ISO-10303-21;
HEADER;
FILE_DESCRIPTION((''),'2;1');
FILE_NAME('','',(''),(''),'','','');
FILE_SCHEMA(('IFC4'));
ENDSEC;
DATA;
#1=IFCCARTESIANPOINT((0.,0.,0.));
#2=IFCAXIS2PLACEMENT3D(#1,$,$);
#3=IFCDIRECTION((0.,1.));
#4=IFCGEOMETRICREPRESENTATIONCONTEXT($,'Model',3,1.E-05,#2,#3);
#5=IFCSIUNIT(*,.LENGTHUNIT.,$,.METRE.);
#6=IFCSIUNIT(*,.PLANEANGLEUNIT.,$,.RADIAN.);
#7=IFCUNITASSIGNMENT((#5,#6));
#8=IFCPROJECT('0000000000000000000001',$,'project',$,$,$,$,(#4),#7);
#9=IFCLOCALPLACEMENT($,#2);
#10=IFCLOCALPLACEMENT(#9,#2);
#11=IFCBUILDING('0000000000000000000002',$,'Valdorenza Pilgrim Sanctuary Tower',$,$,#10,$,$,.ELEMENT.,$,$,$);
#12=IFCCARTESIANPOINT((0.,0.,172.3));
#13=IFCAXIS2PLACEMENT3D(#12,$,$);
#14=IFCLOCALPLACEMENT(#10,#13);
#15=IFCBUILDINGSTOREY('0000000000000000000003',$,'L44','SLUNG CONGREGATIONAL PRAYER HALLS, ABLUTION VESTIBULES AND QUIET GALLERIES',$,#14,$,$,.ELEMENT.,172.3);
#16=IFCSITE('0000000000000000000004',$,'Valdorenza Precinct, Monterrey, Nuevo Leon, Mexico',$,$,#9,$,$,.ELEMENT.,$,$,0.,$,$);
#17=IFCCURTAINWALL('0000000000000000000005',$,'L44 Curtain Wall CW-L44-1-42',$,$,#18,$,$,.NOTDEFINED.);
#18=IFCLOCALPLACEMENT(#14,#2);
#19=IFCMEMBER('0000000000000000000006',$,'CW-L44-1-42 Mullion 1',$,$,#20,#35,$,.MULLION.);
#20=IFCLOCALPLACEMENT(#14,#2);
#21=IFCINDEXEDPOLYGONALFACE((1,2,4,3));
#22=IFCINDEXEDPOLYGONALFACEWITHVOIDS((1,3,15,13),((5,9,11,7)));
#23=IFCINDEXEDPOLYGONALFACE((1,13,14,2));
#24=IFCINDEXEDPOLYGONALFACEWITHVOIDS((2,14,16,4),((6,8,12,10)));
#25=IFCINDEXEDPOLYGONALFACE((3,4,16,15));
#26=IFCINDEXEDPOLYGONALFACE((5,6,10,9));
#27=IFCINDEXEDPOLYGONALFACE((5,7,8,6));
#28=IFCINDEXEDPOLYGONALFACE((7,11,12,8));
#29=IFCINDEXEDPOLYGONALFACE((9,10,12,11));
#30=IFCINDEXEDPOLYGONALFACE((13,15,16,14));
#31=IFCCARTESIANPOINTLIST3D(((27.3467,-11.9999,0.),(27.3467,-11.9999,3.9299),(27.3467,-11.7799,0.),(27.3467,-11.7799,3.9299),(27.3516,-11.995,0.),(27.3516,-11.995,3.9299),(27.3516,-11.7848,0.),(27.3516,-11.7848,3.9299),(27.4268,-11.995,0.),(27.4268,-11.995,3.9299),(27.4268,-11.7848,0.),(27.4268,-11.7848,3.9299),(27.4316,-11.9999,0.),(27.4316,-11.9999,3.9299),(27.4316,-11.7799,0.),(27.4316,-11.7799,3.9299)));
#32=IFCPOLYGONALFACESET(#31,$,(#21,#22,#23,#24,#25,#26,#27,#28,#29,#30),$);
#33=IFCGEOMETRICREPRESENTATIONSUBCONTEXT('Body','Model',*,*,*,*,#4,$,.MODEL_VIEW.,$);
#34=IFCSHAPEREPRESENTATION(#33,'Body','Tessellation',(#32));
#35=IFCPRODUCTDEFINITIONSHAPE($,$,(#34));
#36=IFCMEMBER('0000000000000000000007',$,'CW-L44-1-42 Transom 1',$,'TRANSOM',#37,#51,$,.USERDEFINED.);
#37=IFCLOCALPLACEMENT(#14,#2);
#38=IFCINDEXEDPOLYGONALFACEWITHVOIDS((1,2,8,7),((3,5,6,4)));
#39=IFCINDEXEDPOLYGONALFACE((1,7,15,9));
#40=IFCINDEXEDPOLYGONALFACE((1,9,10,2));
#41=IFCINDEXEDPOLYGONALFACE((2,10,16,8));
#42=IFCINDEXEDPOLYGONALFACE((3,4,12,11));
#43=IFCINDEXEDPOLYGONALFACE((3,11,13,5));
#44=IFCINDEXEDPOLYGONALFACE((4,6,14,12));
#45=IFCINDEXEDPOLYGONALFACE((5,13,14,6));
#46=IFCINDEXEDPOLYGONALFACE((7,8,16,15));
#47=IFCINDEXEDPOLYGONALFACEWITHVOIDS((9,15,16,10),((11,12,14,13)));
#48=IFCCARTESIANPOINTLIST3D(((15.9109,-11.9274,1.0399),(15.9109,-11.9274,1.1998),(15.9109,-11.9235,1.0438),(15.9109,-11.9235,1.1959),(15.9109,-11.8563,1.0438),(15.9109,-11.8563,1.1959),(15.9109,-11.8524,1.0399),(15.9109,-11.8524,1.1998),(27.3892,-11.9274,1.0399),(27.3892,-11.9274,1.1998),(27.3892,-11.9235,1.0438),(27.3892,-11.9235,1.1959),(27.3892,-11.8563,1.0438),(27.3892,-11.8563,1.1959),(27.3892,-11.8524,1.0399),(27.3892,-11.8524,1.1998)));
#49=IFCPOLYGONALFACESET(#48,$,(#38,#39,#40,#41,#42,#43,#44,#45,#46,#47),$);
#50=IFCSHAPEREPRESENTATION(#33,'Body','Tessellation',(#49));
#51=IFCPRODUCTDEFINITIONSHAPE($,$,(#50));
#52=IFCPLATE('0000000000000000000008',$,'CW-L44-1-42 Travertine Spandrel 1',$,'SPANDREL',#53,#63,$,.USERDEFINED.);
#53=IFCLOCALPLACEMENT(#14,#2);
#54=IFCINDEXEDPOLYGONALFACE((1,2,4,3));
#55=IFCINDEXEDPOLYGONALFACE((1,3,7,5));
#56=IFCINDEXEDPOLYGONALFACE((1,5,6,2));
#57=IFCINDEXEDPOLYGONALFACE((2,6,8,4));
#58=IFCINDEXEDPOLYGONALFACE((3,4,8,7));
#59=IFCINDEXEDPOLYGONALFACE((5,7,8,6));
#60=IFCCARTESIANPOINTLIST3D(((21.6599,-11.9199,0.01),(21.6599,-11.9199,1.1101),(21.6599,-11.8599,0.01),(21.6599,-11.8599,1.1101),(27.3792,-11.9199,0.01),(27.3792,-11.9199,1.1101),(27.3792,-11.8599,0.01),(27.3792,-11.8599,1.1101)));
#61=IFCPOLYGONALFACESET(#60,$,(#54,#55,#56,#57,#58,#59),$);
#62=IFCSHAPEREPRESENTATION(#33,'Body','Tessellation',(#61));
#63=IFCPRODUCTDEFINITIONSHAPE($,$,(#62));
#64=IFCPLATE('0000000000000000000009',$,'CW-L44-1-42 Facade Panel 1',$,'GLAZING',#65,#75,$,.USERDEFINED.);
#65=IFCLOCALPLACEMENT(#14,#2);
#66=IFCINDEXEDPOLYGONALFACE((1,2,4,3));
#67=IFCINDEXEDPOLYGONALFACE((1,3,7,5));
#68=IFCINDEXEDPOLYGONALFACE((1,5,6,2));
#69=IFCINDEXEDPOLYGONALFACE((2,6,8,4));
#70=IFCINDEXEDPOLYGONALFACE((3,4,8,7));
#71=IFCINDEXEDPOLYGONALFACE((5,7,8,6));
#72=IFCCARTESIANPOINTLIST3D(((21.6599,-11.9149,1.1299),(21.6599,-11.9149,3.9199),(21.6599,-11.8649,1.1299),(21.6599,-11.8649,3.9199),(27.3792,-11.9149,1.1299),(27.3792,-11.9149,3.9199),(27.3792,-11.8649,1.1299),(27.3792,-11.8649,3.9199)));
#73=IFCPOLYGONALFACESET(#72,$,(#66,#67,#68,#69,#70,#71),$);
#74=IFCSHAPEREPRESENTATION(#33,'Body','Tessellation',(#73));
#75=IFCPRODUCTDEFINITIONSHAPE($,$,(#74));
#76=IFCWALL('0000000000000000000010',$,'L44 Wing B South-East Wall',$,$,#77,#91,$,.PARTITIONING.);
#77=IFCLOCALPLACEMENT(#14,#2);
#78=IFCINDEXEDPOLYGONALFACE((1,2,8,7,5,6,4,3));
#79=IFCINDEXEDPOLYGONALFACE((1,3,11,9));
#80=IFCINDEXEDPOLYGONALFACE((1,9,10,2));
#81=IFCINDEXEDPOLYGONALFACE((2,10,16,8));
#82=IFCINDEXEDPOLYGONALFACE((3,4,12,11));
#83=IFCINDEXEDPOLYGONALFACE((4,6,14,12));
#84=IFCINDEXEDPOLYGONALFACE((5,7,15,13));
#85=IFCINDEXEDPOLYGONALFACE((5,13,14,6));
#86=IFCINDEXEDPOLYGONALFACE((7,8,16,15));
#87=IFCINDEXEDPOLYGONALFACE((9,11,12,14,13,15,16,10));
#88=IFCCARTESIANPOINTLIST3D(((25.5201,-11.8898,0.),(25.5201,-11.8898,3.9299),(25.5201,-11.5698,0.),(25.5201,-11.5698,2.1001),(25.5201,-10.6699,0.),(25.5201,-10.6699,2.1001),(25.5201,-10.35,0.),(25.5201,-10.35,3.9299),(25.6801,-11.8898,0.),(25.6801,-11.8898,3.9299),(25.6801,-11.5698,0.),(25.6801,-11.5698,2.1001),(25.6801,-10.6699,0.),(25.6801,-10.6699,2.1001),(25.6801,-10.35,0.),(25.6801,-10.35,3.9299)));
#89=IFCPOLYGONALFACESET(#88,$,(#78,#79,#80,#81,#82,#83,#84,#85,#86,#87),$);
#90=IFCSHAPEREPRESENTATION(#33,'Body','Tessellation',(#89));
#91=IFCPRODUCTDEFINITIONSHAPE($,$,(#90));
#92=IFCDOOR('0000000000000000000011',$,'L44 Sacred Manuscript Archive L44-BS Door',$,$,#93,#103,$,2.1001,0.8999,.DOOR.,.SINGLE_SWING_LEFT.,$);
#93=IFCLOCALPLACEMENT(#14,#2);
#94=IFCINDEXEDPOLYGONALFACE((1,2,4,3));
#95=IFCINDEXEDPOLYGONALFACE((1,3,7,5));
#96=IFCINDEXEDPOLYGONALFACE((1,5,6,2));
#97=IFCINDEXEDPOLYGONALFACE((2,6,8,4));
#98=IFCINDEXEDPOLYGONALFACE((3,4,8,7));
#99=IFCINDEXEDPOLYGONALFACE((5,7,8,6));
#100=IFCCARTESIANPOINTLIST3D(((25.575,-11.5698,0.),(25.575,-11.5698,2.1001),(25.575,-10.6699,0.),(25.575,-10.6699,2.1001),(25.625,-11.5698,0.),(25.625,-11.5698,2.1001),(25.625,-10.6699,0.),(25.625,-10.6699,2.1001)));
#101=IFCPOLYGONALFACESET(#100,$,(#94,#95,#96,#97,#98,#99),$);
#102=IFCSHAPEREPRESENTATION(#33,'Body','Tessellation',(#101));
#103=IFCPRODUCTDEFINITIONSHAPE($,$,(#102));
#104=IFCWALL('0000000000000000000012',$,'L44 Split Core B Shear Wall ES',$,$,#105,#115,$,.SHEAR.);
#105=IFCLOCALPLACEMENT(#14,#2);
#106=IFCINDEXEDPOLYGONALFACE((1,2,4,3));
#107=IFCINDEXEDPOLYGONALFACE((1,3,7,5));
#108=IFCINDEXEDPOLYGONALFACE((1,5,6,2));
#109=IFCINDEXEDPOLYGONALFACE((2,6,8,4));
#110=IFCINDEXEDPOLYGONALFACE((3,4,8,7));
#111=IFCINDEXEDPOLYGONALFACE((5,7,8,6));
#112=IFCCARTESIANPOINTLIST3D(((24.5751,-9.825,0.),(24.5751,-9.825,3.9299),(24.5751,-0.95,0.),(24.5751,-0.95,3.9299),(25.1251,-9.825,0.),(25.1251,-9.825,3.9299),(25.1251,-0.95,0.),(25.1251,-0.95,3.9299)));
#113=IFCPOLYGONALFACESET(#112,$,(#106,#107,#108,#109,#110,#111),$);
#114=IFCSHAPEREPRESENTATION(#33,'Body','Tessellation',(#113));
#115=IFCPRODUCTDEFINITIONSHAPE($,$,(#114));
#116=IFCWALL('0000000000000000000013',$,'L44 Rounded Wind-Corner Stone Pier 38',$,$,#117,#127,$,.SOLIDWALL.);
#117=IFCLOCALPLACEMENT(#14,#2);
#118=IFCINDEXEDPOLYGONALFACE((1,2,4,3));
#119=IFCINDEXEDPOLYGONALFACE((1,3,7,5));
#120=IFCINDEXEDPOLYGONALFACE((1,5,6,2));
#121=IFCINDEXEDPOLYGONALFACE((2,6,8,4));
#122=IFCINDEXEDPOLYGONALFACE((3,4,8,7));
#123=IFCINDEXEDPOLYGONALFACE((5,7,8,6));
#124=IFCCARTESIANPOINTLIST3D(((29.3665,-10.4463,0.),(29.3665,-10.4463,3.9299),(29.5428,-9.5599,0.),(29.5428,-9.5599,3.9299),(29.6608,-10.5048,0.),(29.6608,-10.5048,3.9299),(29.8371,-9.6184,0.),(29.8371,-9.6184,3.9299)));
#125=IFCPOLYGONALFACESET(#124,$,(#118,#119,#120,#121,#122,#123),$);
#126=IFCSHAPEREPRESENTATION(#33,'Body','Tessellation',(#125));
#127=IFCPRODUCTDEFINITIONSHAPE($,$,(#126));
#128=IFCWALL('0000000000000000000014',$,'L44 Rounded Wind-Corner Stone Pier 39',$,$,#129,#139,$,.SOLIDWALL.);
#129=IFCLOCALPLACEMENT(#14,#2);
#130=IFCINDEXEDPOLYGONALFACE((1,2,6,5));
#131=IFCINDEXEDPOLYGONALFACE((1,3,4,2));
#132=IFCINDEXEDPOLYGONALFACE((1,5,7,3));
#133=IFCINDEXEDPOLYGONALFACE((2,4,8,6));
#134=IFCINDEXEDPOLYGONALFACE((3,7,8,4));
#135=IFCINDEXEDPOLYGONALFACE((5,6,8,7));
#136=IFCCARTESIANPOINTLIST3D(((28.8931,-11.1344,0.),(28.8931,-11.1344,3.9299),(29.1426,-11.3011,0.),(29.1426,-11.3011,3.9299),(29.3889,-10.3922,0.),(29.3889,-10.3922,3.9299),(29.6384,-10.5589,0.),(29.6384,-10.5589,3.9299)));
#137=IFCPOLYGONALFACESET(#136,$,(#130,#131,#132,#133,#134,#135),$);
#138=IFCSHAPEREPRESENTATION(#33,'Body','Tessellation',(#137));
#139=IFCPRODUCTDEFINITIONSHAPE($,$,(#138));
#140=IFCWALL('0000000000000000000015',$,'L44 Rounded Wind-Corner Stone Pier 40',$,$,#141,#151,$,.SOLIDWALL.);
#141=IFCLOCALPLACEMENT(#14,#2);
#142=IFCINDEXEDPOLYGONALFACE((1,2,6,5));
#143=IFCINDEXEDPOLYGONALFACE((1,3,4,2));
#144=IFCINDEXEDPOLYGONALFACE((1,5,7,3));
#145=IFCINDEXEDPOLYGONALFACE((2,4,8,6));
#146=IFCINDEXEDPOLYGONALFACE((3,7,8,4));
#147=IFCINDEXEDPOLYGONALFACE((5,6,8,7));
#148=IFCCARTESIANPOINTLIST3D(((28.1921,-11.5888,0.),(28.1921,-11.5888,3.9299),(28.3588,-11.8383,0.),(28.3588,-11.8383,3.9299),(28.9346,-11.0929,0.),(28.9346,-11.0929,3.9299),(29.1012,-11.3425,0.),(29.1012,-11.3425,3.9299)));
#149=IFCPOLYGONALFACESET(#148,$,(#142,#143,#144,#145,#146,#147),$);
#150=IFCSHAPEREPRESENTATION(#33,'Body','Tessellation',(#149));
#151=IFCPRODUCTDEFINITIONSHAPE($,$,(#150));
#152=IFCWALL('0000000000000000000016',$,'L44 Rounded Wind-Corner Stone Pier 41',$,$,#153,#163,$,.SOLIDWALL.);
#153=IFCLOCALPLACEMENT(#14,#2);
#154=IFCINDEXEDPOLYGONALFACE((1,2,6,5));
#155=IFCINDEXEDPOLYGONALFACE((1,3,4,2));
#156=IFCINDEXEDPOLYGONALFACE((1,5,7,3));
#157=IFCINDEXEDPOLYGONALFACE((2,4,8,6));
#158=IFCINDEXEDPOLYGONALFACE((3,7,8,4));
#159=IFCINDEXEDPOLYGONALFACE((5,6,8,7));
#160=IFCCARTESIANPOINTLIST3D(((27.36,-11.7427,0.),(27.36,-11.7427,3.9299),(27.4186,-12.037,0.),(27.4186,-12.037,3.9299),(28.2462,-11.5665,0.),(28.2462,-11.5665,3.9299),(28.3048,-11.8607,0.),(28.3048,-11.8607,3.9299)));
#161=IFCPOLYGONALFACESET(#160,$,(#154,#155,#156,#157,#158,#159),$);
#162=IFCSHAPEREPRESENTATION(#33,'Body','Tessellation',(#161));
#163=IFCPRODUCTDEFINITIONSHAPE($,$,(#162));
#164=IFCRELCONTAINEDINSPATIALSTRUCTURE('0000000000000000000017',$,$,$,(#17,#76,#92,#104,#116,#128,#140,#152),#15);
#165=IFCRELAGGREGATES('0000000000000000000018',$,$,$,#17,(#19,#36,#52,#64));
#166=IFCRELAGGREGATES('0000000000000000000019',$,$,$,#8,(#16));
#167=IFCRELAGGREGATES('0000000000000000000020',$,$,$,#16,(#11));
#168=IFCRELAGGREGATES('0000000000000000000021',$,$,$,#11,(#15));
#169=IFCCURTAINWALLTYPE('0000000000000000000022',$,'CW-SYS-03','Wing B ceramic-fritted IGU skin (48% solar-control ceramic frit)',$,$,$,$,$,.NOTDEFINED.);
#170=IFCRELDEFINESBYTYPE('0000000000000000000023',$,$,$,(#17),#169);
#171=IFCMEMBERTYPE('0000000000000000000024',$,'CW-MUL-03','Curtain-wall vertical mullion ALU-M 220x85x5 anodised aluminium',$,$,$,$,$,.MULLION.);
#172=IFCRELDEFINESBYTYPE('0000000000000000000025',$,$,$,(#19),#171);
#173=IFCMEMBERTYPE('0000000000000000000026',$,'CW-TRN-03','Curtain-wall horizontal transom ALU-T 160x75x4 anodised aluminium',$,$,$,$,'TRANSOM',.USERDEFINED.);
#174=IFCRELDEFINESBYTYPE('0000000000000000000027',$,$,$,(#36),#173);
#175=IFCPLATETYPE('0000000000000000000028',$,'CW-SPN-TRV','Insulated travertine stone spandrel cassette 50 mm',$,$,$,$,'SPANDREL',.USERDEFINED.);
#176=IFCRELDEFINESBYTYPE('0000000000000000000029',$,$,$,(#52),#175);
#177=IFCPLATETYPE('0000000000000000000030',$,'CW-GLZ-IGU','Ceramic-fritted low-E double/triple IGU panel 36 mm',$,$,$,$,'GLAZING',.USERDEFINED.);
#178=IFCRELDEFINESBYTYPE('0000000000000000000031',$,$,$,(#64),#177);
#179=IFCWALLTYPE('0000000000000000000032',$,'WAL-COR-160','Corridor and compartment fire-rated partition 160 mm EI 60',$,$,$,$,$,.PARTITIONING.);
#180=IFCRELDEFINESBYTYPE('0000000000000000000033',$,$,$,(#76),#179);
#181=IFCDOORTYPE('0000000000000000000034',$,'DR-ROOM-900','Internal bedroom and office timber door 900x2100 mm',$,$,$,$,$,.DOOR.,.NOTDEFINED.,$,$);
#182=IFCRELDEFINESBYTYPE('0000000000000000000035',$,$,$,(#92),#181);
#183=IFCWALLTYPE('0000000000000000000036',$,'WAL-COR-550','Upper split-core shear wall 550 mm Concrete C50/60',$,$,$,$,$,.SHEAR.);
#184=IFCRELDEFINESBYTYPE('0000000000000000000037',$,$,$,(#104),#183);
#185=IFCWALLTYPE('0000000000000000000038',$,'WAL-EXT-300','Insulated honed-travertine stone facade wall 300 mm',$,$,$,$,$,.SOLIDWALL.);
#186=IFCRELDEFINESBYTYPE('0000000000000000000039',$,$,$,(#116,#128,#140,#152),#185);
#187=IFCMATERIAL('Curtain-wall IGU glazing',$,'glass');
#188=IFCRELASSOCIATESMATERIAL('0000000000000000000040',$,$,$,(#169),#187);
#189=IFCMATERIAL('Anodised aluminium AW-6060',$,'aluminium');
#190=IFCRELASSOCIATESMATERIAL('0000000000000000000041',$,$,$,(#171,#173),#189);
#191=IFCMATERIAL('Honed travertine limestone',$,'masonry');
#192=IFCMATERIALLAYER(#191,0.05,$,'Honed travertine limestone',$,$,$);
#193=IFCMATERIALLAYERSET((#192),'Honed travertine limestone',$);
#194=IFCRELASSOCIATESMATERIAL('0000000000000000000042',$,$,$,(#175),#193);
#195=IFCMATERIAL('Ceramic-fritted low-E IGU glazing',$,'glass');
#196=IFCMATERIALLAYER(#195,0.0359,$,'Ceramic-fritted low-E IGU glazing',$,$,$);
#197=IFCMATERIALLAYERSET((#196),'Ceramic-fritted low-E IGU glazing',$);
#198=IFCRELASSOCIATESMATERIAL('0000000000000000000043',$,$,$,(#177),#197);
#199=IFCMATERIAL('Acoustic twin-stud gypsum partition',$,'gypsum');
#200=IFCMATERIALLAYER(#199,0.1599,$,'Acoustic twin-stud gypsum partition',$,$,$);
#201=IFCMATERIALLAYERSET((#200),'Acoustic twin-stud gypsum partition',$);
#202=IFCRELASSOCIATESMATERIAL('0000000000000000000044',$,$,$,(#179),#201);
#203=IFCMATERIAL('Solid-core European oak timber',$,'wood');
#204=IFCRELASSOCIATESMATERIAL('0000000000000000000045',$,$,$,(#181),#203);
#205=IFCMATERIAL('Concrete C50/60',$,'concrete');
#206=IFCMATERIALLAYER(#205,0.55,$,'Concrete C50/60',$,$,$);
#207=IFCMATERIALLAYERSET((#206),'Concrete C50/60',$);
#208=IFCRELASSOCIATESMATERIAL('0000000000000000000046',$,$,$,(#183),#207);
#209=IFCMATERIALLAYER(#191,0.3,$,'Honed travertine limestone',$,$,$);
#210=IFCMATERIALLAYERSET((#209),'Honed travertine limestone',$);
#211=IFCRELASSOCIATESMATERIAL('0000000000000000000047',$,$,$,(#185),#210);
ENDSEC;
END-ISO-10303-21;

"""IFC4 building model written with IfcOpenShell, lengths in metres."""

from ifc_helpers import new_model, si_unit, direction, frame, frame_2d, origin, origin_2d, place, context, subcontext, project, spatial, rectangle, hollow_rectangle, extrude, source, transform, mapped, material, layer, layer_set, material_profile, profile_set, type_object, element, fill, aggregate, save


model = new_model("IFC4")

# Units and contexts
model_context = context("Model", 3, precision=1e-05, world=origin(), true_north=direction((0.0, 1.0)))
body_context = subcontext(model_context, "Body", "Model", "MODEL_VIEW")
ifc_project = project(units=[si_unit("LENGTHUNIT", "METRE"), si_unit("PLANEANGLEUNIT", "RADIAN")], contexts=[model_context])

# Site, building, storey
site_placement = place(None, origin())
site = spatial("IfcSite", under=ifc_project, at=site_placement, Name="Valdorenza Precinct, Monterrey, Nuevo Leon, Mexico", CompositionType="ELEMENT", RefElevation=0.0)
building_placement = place(site_placement, origin())
building = spatial("IfcBuilding", under=site, at=building_placement, Name="Valdorenza Pilgrim Sanctuary Tower", CompositionType="ELEMENT")
storey_placement = place(building_placement, frame((0.0, 0.0, 172.3)))
storey = spatial("IfcBuildingStorey", under=building, at=storey_placement, Name="L44", Description="SLUNG CONGREGATIONAL PRAYER HALLS, ABLUTION VESTIBULES AND QUIET GALLERIES", CompositionType="ELEMENT", Elevation=172.3)

# Shared definitions
ifc_material_1 = material(Name="Concrete C50/60", Category="concrete")

# Shared definitions
ifc_material_2 = material(Name="Curtain-wall IGU glazing", Category="glass")
curtain_wall_type = type_object("IfcCurtainWallType", Name="CW-SYS-03", Description="Wing B ceramic-fritted IGU skin (48% solar-control ceramic frit)", PredefinedType="NOTDEFINED", material=ifc_material_2)
ifc_material_3 = material(Name="Anodised aluminium AW-6060", Category="aluminium")
ifc_material_profile_1 = material_profile(ifc_material_3, hollow_rectangle(XDim=0.085, YDim=0.22, WallThickness=0.0049, at=origin_2d()), Name="ALU-M 220x85x5")
ifc_profile_set_1 = profile_set([ifc_material_profile_1], Name="Anodised aluminium AW-6060")
member_type_1 = type_object("IfcMemberType", Name="CW-MUL-03", Description="Curtain-wall vertical mullion ALU-M 220x85x5 anodised aluminium", PredefinedType="MULLION", material=ifc_profile_set_1)
shared_shape_1 = source(origin(), body_context, "Body", "SweptSolid", [
    extrude(hollow_rectangle(XDim=0.085, YDim=0.22, WallThickness=0.0049, at=origin_2d()), origin(), (0.0, 0.0, 1.0), 3.9299),
])

# Curtain wall, members, plates
curtain_wall_1_placement = place(storey_placement, origin())
curtain_wall_1 = element("IfcCurtainWall", 1, at=curtain_wall_1_placement, inside=storey, type_object=curtain_wall_type, Name="L44 Curtain Wall CW-L44-1-42", PredefinedType="NOTDEFINED")
member_1_placement = place(storey_placement, frame((27.3892, -11.8899, 0.0), z_axis=(0.0, 0.0, 1.0), x_axis=(-1.0, 0.0, 0.0)))
member_1 = element("IfcMember", 2, at=member_1_placement, type_object=member_type_1, Name="CW-L44-1-42 Mullion 1", PredefinedType="MULLION", context=body_context, shape_type="MappedRepresentation", body=[
    mapped(shared_shape_1, transform((0.0, 0.0, 0.0), x_axis=(1.0, 0.0, 0.0), y_axis=(0.0, 1.0, 0.0), z_axis=(0.0, 0.0, 1.0), scale=1.0)),
])
ifc_material_profile_2 = material_profile(ifc_material_3, hollow_rectangle(XDim=0.075, YDim=0.1599, WallThickness=0.0039, at=origin_2d()), Name="ALU-T 160x75x4")
ifc_profile_set_2 = profile_set([ifc_material_profile_2], Name="Anodised aluminium AW-6060")
member_type_2 = type_object("IfcMemberType", Name="CW-TRN-03", Description="Curtain-wall horizontal transom ALU-T 160x75x4 anodised aluminium", ElementType="TRANSOM", PredefinedType="USERDEFINED", material=ifc_profile_set_2)
shared_shape_2 = source(origin(), body_context, "Body", "SweptSolid", [
    extrude(hollow_rectangle(XDim=0.075, YDim=0.1599, WallThickness=0.0039, at=origin_2d()), origin(), (0.0, 0.0, 1.0), 11.4783),
])
member_2_placement = place(storey_placement, frame((27.3892, -11.8899, 1.1199), z_axis=(-1.0, 0.0, 0.0), x_axis=(0.0, -1.0, 0.0)))
member_2 = element("IfcMember", 3, at=member_2_placement, type_object=member_type_2, Name="CW-L44-1-42 Transom 1", ObjectType="TRANSOM", PredefinedType="USERDEFINED", context=body_context, shape_type="MappedRepresentation", body=[
    mapped(shared_shape_2, transform((0.0, 0.0, 0.0), x_axis=(1.0, 0.0, 0.0), y_axis=(0.0, 1.0, 0.0), z_axis=(0.0, 0.0, 1.0), scale=1.0)),
])
ifc_material_4 = material(Name="Honed travertine limestone", Category="masonry")
ifc_layer_1 = layer(ifc_material_4, 0.05, Name="Honed travertine limestone")
ifc_layer_set_1 = layer_set([ifc_layer_1], Name="Honed travertine limestone")
plate_type_1 = type_object("IfcPlateType", Name="CW-SPN-TRV", Description="Insulated travertine stone spandrel cassette 50 mm", ElementType="SPANDREL", PredefinedType="USERDEFINED", material=ifc_layer_set_1)
shared_shape_3 = source(origin(), body_context, "Body", "SweptSolid", [
    extrude(rectangle(XDim=5.7192, YDim=0.0601, at=origin_2d()), origin(), (0.0, 0.0, 1.0), 1.1001),
])
plate_1_placement = place(storey_placement, frame((24.5195, -11.8899, 0.01), z_axis=(0.0, 0.0, 1.0), x_axis=(-1.0, 0.0, 0.0)))
plate_1 = element("IfcPlate", 4, at=plate_1_placement, type_object=plate_type_1, Name="CW-L44-1-42 Travertine Spandrel 1", ObjectType="SPANDREL", PredefinedType="USERDEFINED", context=body_context, shape_type="MappedRepresentation", body=[
    mapped(shared_shape_3, transform((0.0, 0.0, 0.0), x_axis=(1.0, 0.0, 0.0), y_axis=(0.0, 1.0, 0.0), z_axis=(0.0, 0.0, 1.0), scale=1.0)),
])
ifc_material_5 = material(Name="Ceramic-fritted low-E IGU glazing", Category="glass")
ifc_layer_2 = layer(ifc_material_5, 0.0359, Name="Ceramic-fritted low-E IGU glazing")
ifc_layer_set_2 = layer_set([ifc_layer_2], Name="Ceramic-fritted low-E IGU glazing")
plate_type_2 = type_object("IfcPlateType", Name="CW-GLZ-IGU", Description="Ceramic-fritted low-E double/triple IGU panel 36 mm", ElementType="GLAZING", PredefinedType="USERDEFINED", material=ifc_layer_set_2)
shared_shape_4 = source(origin(), body_context, "Body", "SweptSolid", [
    extrude(rectangle(XDim=5.7192, YDim=0.05, at=origin_2d()), origin(), (0.0, 0.0, 1.0), 2.79),
])
plate_2_placement = place(storey_placement, frame((24.5195, -11.8899, 1.1299), z_axis=(0.0, 0.0, 1.0), x_axis=(-1.0, 0.0, 0.0)))
plate_2 = element("IfcPlate", 5, at=plate_2_placement, type_object=plate_type_2, Name="CW-L44-1-42 Facade Panel 1", ObjectType="GLAZING", PredefinedType="USERDEFINED", context=body_context, shape_type="MappedRepresentation", body=[
    mapped(shared_shape_4, transform((0.0, 0.0, 0.0), x_axis=(1.0, 0.0, 0.0), y_axis=(0.0, 1.0, 0.0), z_axis=(0.0, 0.0, 1.0), scale=1.0)),
])
aggregate(curtain_wall_1, [member_1, member_2, plate_1, plate_2])

# Wall, opening, door
ifc_material_6 = material(Name="Acoustic twin-stud gypsum partition", Category="gypsum")
ifc_layer_3 = layer(ifc_material_6, 0.1599, Name="Acoustic twin-stud gypsum partition")
ifc_layer_set_3 = layer_set([ifc_layer_3], Name="Acoustic twin-stud gypsum partition")
wall_type_1 = type_object("IfcWallType", Name="WAL-COR-160", Description="Corridor and compartment fire-rated partition 160 mm EI 60", PredefinedType="PARTITIONING", material=ifc_layer_set_3)
wall_1_placement = place(storey_placement, frame((25.6001, -11.8899, 0.0), z_axis=(0.0, 0.0, 1.0), x_axis=(0.0, 1.0, 0.0)))
wall_1 = element("IfcWall", 6, at=wall_1_placement, inside=storey, type_object=wall_type_1, Name="L44 Wing B South-East Wall", PredefinedType="PARTITIONING", context=body_context, shape_type="SweptSolid", body=[
    extrude(rectangle(XDim=1.5398, YDim=0.1599, at=frame_2d((0.77, 0.0))), origin(), (0.0, 0.0, 1.0), 3.9299),
])
opening_1_placement = place(wall_1_placement, frame((0.3201, 0.0, 0.0)))
opening_1 = element("IfcOpeningElement", 7, at=opening_1_placement, cuts=wall_1, PredefinedType="OPENING", context=body_context, shape_type="SweptSolid", body=[
    extrude(rectangle(XDim=0.8999, YDim=2.1001, at=frame_2d((0.45, 1.05))), frame((0.0, 0.0947, 0.0), z_axis=(0.0, -1.0, 0.0), x_axis=(1.0, 0.0, 0.0)), (0.0, 0.0, 1.0), 0.1897),
])
ifc_material_7 = material(Name="Solid-core European oak timber", Category="wood")
door_type_1 = type_object("IfcDoorType", Name="DR-ROOM-900", Description="Internal bedroom and office timber door 900x2100 mm", OperationType="NOTDEFINED", PredefinedType="DOOR", material=ifc_material_7)
door_1_placement = place(opening_1_placement, frame((0.8999, 0.0, 0.0), z_axis=(0.0, 0.0, 1.0), x_axis=(-1.0, 0.0, 0.0)))
door_1 = element("IfcDoor", 8, at=door_1_placement, inside=storey, type_object=door_type_1, Name="L44 Sacred Manuscript Archive L44-BS Door", OperationType="SINGLE_SWING_LEFT", OverallHeight=2.1001, OverallWidth=0.8999, PredefinedType="DOOR", context=body_context, shape_type="SweptSolid", body=[
    extrude(rectangle(XDim=0.8999, YDim=2.1001, at=frame_2d((0.45, 1.05))), frame((0.0, 0.0249, 0.0), z_axis=(0.0, -1.0, 0.0), x_axis=(1.0, 0.0, 0.0)), (0.0, 0.0, 1.0), 0.05),
])
fill(opening_1, door_1)

# Walls
ifc_layer_4 = layer(ifc_material_1, 0.55, Name="Concrete C50/60")
ifc_layer_set_4 = layer_set([ifc_layer_4], Name="Concrete C50/60")
wall_type_2 = type_object("IfcWallType", Name="WAL-COR-550", Description="Upper split-core shear wall 550 mm Concrete C50/60", PredefinedType="SHEAR", material=ifc_layer_set_4)
wall_2_placement = place(storey_placement, frame((24.8501, -9.825, 0.0), z_axis=(0.0, 0.0, 1.0), x_axis=(0.0, 1.0, 0.0)))
element("IfcWall", 9, at=wall_2_placement, inside=storey, type_object=wall_type_2, Name="L44 Split Core B Shear Wall ES", PredefinedType="SHEAR", context=body_context, shape_type="SweptSolid", body=[
    extrude(rectangle(XDim=8.875, YDim=0.55, at=frame_2d((4.4375, 0.0))), origin(), (0.0, 0.0, 1.0), 3.9299),
])
ifc_layer_5 = layer(ifc_material_4, 0.3, Name="Honed travertine limestone")
ifc_layer_set_5 = layer_set([ifc_layer_5], Name="Honed travertine limestone")
wall_type_3 = type_object("IfcWallType", Name="WAL-EXT-300", Description="Insulated honed-travertine stone facade wall 300 mm", PredefinedType="SOLIDWALL", material=ifc_layer_set_5)
wall_3_placement = place(storey_placement, frame((29.6899, -9.5891, 0.0), z_axis=(0.0, 0.0, 1.0), x_axis=(-0.195025, -0.980798, 0.0)))
element("IfcWall", 10, at=wall_3_placement, inside=storey, type_object=wall_type_3, Name="L44 Rounded Wind-Corner Stone Pier 38", PredefinedType="SOLIDWALL", context=body_context, shape_type="SweptSolid", body=[
    extrude(rectangle(XDim=0.9038, YDim=0.3, at=frame_2d((0.4519, 0.0))), origin(), (0.0, 0.0, 1.0), 3.9299),
])
wall_4_placement = place(storey_placement, frame((29.5137, -10.4756, 0.0), z_axis=(0.0, 0.0, 1.0), x_axis=(-0.55552, -0.831503, 0.0)))
element("IfcWall", 11, at=wall_4_placement, inside=storey, type_object=wall_type_3, Name="L44 Rounded Wind-Corner Stone Pier 39", PredefinedType="SOLIDWALL", context=body_context, shape_type="SweptSolid", body=[
    extrude(rectangle(XDim=0.8926, YDim=0.3, at=frame_2d((0.4463, 0.0))), origin(), (0.0, 0.0, 1.0), 3.9299),
])
wall_5_placement = place(storey_placement, frame((29.0178, -11.2178, 0.0), z_axis=(0.0, 0.0, 1.0), x_axis=(-0.831587, -0.555394, 0.0)))
element("IfcWall", 12, at=wall_5_placement, inside=storey, type_object=wall_type_3, Name="L44 Rounded Wind-Corner Stone Pier 40", PredefinedType="SOLIDWALL", context=body_context, shape_type="SweptSolid", body=[
    extrude(rectangle(XDim=0.8928, YDim=0.3, at=frame_2d((0.4463, 0.0))), origin(), (0.0, 0.0, 1.0), 3.9299),
])
wall_6_placement = place(storey_placement, frame((28.2754, -11.7136, 0.0), z_axis=(0.0, 0.0, 1.0), x_axis=(-0.980788, -0.195077, 0.0)))
element("IfcWall", 13, at=wall_6_placement, inside=storey, type_object=wall_type_3, Name="L44 Rounded Wind-Corner Stone Pier 41", PredefinedType="SOLIDWALL", context=body_context, shape_type="SweptSolid", body=[
    extrude(rectangle(XDim=0.9036, YDim=0.3, at=frame_2d((0.4517, 0.0))), origin(), (0.0, 0.0, 1.0), 3.9299),
])

save(model, "model.ifc")
